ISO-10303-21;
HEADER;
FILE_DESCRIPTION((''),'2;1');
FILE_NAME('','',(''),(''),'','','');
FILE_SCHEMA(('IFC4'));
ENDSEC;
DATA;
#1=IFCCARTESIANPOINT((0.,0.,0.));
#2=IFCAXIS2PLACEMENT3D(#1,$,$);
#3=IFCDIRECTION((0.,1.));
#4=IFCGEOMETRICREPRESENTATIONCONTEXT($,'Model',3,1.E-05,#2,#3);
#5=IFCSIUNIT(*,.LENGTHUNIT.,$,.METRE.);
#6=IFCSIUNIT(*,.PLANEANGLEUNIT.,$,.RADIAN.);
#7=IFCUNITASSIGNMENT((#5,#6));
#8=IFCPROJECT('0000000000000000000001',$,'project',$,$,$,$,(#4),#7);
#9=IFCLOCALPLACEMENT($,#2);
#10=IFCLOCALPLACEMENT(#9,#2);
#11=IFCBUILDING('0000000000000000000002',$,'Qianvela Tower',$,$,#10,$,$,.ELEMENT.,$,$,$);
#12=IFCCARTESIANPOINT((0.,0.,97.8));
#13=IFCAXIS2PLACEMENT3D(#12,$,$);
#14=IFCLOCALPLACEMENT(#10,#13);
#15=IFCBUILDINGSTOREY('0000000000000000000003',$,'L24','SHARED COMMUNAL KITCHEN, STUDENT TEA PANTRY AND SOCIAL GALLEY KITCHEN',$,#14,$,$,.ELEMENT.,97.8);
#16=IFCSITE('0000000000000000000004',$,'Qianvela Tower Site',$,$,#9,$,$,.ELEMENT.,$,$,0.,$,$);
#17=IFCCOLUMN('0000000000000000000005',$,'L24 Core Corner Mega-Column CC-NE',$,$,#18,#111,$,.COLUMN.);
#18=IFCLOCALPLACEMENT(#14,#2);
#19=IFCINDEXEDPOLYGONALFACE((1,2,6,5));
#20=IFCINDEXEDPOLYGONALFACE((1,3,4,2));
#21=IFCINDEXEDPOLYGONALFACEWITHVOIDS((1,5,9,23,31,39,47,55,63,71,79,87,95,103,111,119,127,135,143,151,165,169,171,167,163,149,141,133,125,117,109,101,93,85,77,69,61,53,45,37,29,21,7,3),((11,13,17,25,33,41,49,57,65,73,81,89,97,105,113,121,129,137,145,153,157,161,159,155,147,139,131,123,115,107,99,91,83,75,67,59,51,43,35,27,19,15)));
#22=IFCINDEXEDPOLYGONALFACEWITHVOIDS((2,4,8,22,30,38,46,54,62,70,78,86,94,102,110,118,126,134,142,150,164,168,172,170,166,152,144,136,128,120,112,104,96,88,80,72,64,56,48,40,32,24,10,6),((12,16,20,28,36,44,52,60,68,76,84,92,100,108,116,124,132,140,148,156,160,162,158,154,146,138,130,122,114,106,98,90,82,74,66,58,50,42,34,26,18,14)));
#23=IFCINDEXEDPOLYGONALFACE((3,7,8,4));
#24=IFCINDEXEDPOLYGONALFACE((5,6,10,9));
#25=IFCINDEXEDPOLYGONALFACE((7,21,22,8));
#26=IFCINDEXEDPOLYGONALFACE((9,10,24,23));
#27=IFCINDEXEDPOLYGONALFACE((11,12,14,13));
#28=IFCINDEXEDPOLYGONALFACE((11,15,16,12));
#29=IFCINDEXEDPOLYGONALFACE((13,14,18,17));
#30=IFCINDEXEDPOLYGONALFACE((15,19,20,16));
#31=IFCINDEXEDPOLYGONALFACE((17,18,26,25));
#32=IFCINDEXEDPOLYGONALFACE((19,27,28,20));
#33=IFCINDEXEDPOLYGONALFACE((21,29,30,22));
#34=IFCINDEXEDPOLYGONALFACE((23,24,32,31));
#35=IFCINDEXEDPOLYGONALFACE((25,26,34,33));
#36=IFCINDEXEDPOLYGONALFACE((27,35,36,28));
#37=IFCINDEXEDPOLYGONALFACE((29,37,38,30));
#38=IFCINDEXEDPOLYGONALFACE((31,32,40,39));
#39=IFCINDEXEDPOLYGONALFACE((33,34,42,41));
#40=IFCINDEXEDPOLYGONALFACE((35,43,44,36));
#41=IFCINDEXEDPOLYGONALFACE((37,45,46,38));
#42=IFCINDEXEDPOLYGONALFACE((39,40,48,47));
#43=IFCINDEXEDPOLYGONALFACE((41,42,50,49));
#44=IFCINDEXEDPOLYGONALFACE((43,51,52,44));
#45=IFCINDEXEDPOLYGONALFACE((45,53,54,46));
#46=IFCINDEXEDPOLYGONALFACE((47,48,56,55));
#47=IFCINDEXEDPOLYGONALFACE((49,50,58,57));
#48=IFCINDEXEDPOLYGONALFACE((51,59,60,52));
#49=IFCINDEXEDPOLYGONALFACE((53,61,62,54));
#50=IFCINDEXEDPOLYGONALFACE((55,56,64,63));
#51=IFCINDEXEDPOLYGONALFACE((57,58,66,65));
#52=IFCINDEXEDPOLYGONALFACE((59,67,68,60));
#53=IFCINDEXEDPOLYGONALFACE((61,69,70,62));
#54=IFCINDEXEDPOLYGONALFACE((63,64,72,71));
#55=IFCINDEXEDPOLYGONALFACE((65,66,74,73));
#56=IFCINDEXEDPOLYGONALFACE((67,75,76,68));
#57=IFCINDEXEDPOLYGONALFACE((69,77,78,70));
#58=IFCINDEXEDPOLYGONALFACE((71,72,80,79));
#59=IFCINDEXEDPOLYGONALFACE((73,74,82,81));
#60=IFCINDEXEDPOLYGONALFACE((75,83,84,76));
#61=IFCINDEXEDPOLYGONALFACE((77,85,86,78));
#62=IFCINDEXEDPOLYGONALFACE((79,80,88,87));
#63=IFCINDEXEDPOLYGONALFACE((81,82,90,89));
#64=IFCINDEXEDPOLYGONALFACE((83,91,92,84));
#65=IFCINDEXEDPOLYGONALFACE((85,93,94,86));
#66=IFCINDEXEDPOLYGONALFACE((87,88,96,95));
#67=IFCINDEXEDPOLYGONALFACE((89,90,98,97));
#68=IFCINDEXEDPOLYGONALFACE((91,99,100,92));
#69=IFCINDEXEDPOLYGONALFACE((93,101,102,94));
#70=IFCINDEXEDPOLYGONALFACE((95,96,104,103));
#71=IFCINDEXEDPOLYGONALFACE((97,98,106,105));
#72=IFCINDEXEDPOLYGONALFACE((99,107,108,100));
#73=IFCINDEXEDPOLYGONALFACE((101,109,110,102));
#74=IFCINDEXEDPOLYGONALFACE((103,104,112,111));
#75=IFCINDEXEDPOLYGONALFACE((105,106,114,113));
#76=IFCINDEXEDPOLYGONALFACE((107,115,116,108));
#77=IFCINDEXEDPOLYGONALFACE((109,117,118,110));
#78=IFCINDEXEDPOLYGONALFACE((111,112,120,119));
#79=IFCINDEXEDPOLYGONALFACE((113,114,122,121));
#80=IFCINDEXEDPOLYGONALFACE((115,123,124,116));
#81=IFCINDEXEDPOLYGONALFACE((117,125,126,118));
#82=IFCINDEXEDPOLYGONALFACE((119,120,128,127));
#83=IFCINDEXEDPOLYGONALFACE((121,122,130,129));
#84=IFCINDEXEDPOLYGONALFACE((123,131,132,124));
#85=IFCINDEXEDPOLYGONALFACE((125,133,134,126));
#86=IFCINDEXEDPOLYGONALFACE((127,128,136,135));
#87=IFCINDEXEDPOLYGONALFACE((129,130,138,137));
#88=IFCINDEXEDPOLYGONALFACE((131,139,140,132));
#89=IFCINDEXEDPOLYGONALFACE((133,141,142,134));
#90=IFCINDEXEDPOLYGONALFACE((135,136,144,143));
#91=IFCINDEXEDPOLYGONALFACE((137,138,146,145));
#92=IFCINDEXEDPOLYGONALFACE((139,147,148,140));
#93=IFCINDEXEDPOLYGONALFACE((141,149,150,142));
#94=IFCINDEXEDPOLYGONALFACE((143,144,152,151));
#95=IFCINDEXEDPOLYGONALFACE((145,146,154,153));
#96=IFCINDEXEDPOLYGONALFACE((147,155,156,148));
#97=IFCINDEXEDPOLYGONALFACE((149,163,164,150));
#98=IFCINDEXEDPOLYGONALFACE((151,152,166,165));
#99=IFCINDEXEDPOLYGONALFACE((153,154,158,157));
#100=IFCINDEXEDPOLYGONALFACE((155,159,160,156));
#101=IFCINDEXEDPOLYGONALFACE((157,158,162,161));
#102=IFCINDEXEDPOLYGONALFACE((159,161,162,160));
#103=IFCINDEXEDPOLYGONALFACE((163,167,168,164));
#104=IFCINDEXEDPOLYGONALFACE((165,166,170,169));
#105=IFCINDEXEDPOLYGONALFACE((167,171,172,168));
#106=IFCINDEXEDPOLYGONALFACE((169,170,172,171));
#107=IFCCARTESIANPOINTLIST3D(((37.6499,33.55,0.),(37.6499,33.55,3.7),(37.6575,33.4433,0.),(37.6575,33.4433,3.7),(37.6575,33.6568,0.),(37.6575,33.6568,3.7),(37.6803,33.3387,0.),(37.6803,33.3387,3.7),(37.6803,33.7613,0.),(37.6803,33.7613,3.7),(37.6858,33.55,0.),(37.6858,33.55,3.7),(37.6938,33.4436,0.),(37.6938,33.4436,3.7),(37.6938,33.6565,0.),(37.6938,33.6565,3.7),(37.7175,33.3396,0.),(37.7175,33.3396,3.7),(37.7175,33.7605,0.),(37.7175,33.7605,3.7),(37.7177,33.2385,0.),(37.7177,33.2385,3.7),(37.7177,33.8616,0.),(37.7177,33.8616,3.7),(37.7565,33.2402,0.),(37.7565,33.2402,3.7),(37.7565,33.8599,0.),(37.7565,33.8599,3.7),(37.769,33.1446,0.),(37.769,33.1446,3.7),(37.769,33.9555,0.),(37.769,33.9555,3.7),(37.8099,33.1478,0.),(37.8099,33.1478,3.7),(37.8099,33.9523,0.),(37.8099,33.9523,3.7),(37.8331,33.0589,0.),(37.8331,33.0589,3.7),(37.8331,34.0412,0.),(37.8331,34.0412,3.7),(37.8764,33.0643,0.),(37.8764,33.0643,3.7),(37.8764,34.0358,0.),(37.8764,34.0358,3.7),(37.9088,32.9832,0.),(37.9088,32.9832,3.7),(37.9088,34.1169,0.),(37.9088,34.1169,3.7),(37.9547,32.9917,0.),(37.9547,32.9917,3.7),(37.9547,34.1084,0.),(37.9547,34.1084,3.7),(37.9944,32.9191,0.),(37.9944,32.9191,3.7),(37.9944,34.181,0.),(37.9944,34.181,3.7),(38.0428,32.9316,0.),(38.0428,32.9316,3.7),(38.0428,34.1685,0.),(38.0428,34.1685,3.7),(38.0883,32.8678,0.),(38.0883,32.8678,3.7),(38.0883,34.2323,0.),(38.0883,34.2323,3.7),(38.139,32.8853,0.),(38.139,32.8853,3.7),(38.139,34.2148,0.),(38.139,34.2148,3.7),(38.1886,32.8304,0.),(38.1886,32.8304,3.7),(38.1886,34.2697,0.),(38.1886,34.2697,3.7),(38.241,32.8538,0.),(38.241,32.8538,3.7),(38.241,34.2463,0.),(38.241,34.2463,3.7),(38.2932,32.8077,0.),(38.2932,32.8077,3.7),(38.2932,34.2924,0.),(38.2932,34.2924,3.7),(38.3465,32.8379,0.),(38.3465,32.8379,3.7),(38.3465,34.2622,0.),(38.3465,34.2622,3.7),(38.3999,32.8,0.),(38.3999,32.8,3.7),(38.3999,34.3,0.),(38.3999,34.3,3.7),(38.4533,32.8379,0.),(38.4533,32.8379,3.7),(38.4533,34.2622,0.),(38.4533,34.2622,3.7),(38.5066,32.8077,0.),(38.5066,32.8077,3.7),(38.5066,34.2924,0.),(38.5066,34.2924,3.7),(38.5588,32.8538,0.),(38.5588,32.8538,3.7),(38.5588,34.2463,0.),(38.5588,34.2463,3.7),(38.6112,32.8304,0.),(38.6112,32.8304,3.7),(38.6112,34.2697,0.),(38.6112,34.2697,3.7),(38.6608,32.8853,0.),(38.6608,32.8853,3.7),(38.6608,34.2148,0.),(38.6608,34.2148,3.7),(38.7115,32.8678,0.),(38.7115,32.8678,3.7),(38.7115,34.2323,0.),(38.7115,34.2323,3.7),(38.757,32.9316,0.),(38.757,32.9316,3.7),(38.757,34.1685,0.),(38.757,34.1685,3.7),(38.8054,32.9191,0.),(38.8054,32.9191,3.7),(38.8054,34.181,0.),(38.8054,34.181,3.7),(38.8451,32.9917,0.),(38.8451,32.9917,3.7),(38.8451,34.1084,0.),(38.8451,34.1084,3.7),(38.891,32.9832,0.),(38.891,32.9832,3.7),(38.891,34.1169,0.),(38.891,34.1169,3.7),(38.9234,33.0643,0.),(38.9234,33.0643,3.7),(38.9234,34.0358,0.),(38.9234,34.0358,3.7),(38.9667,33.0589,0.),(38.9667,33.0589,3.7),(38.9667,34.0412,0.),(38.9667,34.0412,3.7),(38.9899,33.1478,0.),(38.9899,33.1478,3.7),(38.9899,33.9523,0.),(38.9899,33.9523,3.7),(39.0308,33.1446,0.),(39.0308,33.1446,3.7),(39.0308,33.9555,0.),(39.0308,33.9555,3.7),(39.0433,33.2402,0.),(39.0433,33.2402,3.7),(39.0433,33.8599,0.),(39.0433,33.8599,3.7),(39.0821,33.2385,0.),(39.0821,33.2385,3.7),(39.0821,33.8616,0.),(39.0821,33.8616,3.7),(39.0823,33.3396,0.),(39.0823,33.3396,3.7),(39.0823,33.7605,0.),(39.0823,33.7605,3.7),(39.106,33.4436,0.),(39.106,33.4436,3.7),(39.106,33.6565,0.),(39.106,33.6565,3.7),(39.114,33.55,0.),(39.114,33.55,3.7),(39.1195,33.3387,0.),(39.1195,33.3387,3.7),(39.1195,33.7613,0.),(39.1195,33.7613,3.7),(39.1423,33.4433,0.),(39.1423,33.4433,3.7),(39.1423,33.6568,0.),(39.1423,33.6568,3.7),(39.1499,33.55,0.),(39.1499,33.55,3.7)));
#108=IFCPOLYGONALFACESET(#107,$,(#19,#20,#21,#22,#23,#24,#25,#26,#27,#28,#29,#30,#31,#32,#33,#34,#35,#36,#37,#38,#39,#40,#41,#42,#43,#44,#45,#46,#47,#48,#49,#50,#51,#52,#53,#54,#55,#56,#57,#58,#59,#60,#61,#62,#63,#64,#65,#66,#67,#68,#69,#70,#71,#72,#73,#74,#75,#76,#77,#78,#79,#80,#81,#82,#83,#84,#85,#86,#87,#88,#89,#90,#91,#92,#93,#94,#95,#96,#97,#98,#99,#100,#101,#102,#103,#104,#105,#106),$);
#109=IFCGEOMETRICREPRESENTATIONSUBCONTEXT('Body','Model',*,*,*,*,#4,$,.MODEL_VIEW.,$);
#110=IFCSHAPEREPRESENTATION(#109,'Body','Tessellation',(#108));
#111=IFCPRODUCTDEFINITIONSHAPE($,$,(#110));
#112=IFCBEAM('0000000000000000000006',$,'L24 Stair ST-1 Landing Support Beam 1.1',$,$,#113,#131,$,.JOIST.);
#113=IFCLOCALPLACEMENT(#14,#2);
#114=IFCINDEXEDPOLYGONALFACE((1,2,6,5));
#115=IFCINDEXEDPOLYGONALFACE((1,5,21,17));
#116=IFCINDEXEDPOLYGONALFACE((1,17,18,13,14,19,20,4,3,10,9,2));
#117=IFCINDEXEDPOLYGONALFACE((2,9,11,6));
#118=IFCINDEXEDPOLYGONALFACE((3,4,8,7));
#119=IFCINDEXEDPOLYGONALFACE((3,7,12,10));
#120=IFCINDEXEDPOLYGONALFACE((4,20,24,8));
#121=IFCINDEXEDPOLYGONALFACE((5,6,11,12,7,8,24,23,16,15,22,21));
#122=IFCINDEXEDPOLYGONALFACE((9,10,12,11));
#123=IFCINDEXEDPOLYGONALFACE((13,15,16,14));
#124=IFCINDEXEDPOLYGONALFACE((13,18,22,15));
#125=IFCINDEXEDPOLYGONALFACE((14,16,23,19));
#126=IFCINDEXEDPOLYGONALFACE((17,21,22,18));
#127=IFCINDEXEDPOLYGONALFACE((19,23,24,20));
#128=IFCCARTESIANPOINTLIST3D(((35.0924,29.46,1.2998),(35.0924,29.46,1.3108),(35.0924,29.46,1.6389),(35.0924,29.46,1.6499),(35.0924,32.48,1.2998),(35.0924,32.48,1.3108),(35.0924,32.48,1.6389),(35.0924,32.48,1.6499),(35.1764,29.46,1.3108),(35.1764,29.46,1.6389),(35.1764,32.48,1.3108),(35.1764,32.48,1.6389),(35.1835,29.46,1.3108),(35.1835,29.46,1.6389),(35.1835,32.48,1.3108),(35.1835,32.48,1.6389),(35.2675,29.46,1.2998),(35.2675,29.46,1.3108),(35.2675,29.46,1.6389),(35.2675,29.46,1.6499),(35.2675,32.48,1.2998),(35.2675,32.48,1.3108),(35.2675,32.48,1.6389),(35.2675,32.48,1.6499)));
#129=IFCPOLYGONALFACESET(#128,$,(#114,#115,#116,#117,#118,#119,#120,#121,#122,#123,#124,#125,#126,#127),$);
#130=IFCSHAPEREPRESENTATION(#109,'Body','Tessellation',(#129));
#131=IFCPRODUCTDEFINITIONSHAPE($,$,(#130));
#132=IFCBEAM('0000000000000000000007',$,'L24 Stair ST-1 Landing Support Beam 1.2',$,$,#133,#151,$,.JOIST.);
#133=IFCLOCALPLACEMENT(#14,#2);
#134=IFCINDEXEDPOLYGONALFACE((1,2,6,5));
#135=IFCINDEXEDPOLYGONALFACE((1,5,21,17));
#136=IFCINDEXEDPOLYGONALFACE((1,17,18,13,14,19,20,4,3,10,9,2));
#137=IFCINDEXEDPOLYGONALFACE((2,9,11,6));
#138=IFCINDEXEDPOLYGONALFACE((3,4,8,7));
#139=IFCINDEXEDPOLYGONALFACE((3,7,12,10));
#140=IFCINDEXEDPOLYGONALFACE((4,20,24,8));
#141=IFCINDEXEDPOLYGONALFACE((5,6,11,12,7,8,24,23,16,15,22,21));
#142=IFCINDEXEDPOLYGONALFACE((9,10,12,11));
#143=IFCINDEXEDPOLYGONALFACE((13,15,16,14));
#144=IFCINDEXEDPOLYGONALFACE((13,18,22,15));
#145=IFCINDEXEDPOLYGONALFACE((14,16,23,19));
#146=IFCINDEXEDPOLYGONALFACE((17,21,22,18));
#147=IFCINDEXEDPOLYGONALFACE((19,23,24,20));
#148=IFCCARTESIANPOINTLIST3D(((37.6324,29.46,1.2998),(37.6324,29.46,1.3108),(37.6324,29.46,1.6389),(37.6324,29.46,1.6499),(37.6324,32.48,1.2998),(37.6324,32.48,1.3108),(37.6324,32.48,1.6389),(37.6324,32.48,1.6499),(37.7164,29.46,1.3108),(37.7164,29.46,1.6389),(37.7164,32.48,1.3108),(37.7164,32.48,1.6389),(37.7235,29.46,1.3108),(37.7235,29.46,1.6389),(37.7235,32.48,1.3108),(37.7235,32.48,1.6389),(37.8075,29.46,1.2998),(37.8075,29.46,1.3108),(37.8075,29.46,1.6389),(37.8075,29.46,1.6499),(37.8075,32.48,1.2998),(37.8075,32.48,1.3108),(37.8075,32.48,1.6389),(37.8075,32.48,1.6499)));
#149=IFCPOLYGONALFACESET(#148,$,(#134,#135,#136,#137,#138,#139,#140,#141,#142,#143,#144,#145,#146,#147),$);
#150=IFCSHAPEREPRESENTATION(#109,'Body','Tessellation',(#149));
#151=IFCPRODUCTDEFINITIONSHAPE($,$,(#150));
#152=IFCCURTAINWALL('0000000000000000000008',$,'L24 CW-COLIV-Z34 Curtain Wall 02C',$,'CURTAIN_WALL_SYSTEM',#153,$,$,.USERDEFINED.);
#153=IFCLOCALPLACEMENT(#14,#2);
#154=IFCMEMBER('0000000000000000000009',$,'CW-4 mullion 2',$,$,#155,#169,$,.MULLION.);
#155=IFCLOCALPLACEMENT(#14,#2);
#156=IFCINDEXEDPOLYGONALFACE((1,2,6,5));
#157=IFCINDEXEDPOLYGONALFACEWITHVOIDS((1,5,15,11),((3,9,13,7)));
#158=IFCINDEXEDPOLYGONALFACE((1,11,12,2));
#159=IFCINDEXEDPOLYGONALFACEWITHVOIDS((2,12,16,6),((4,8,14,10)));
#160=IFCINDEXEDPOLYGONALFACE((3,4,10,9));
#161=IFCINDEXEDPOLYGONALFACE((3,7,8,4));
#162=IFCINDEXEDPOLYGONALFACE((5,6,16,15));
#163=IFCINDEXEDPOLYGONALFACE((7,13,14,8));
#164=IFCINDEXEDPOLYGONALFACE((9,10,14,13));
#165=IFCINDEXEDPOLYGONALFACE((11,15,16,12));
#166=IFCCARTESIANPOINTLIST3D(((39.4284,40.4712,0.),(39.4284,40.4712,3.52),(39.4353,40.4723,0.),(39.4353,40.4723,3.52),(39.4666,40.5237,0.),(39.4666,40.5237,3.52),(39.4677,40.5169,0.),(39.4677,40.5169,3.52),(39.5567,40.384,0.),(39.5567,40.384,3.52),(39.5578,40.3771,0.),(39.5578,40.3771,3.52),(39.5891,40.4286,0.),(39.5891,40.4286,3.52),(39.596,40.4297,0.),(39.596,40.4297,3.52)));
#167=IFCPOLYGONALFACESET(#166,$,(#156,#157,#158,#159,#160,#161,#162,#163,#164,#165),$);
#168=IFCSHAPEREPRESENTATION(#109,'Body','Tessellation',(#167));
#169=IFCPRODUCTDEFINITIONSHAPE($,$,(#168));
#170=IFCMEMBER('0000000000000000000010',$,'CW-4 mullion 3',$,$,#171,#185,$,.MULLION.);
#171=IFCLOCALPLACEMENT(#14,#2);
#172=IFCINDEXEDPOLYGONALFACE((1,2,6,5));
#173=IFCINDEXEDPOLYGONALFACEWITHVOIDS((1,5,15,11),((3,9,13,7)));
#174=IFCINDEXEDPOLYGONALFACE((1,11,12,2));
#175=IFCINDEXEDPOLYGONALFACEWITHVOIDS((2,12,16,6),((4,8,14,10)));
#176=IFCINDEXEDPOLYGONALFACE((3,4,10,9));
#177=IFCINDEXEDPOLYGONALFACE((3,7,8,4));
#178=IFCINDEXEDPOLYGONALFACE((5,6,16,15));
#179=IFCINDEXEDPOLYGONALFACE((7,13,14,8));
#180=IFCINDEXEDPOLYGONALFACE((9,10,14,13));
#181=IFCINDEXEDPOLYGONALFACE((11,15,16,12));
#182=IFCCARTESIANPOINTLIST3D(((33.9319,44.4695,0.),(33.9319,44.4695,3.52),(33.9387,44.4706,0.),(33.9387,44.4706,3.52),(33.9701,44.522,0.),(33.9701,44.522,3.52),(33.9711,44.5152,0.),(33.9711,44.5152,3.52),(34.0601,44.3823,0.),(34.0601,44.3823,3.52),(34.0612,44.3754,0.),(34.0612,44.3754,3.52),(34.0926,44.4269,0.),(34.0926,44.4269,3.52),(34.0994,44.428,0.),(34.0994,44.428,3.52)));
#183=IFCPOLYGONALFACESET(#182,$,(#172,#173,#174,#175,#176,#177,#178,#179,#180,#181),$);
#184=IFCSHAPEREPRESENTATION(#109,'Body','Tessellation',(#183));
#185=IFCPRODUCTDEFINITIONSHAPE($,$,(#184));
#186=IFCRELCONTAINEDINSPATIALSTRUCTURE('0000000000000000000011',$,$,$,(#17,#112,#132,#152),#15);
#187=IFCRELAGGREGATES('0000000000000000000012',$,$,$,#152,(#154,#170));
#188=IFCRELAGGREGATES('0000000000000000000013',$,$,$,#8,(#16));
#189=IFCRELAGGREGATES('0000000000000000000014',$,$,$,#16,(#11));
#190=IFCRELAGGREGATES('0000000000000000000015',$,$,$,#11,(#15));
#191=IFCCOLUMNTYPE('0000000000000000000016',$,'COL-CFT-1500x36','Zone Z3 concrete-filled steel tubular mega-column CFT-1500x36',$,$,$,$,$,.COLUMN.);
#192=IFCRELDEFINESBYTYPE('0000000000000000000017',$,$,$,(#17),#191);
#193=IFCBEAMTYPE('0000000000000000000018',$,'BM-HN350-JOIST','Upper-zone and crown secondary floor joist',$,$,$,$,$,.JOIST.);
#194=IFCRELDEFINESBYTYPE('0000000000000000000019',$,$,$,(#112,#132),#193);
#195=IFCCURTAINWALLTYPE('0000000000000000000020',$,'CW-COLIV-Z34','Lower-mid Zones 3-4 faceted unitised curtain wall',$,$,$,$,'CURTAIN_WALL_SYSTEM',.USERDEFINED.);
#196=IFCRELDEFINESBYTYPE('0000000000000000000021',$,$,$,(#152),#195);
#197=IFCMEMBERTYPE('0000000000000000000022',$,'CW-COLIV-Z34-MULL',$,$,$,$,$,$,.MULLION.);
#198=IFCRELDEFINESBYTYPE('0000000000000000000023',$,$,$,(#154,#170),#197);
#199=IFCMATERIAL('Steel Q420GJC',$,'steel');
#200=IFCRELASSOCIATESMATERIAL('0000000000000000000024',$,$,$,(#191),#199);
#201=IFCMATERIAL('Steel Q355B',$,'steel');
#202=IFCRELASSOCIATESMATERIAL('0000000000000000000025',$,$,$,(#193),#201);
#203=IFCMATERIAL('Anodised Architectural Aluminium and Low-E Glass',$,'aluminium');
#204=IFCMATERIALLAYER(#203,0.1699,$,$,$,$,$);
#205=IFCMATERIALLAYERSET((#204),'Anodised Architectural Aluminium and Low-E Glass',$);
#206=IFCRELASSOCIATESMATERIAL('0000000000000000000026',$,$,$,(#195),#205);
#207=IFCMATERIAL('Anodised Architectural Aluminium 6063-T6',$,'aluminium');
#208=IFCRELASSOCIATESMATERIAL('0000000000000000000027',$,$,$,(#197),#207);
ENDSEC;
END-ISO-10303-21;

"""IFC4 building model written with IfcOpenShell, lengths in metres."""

from ifc_helpers import new_model, si_unit, direction, frame, origin, origin_2d, place, context, subcontext, project, spatial, hollow_rectangle, hollow_circle, i_section, extrude, material, layer, layer_set, material_profile, profile_set, type_object, element, aggregate, save


model = new_model("IFC4")

# Units and contexts
model_context = context("Model", 3, precision=1e-05, world=origin(), true_north=direction((0.0, 1.0)))
body_context = subcontext(model_context, "Body", "Model", "MODEL_VIEW")
ifc_project = project(units=[si_unit("LENGTHUNIT", "METRE"), si_unit("PLANEANGLEUNIT", "RADIAN")], contexts=[model_context])

# Site, building, storey
site_placement = place(None, origin())
site = spatial("IfcSite", under=ifc_project, at=site_placement, Name="Qianvela Tower Site", CompositionType="ELEMENT", RefElevation=0.0)
building_placement = place(site_placement, origin())
building = spatial("IfcBuilding", under=site, at=building_placement, Name="Qianvela Tower", CompositionType="ELEMENT")
storey_placement = place(building_placement, frame((0.0, 0.0, 97.8)))
storey = spatial("IfcBuildingStorey", under=building, at=storey_placement, Name="L24", Description="SHARED COMMUNAL KITCHEN, STUDENT TEA PANTRY AND SOCIAL GALLEY KITCHEN", CompositionType="ELEMENT", Elevation=97.8)

# Column
ifc_material_1 = material(Name="Steel Q420GJC", Category="steel")
ifc_material_profile_1 = material_profile(ifc_material_1, hollow_circle(Radius=0.75, WallThickness=0.0359, at=origin_2d()), Name="CFT-1500x36")
ifc_profile_set_1 = profile_set([ifc_material_profile_1], Name="Steel Q420GJC")
column_type = type_object("IfcColumnType", Name="COL-CFT-1500x36", Description="Zone Z3 concrete-filled steel tubular mega-column CFT-1500x36", PredefinedType="COLUMN", material=ifc_profile_set_1)
column_placement = place(storey_placement, frame((38.3999, 33.55, 0.0), z_axis=(0.0, 0.0, 1.0), x_axis=(1.0, 0.0, 0.0)))
element("IfcColumn", 1, at=column_placement, inside=storey, type_object=column_type, Name="L24 Core Corner Mega-Column CC-NE", PredefinedType="COLUMN", context=body_context, shape_type="SweptSolid", body=[
    extrude(hollow_circle(Radius=0.75, WallThickness=0.0359, at=origin_2d()), origin(), (0.0, 0.0, 1.0), 3.7),
])

# Beams
ifc_material_2 = material(Name="Steel Q355B", Category="steel")
ifc_material_profile_2 = material_profile(ifc_material_2, i_section(OverallWidth=0.175, OverallDepth=0.3501, WebThickness=0.0071, FlangeThickness=0.011, at=origin_2d()), Name="HN350x175x7x11")
ifc_profile_set_2 = profile_set([ifc_material_profile_2], Name="Steel Q355B")
beam_type = type_object("IfcBeamType", Name="BM-HN350-JOIST", Description="Upper-zone and crown secondary floor joist", PredefinedType="JOIST", material=ifc_profile_set_2)
for number, where, z_axis, x_axis, name in (
    (2, (35.1799, 29.46, 1.4749), (0.0, 1.0, 0.0), (-1.0, 0.0, 0.0), "L24 Stair ST-1 Landing Support Beam 1.1"),
    (3, (37.72, 29.46, 1.4749), (0.0, 1.0, 0.0), (-1.0, 0.0, 0.0), "L24 Stair ST-1 Landing Support Beam 1.2"),
):
    element("IfcBeam", number, at=place(storey_placement, frame(where, z_axis=z_axis, x_axis=x_axis)), inside=storey, type_object=beam_type, Name=name, PredefinedType="JOIST", context=body_context, shape_type="SweptSolid", body=[
        extrude(i_section(OverallWidth=0.175, OverallDepth=0.3501, WebThickness=0.0071, FlangeThickness=0.011, at=origin_2d()), origin(), (0.0, 0.0, 1.0), 3.02),
    ])

# Curtain wall, members
ifc_material_3 = material(Name="Anodised Architectural Aluminium and Low-E Glass", Category="aluminium")
ifc_layer_1 = layer(ifc_material_3, 0.1699)
ifc_layer_set_1 = layer_set([ifc_layer_1], Name="Anodised Architectural Aluminium and Low-E Glass")
curtain_wall_type = type_object("IfcCurtainWallType", Name="CW-COLIV-Z34", Description="Lower-mid Zones 3-4 faceted unitised curtain wall", ElementType="CURTAIN_WALL_SYSTEM", PredefinedType="USERDEFINED", material=ifc_layer_set_1)
curtain_wall_placement = place(storey_placement, origin())
curtain_wall = element("IfcCurtainWall", 4, at=curtain_wall_placement, inside=storey, type_object=curtain_wall_type, Name="L24 CW-COLIV-Z34 Curtain Wall 02C", ObjectType="CURTAIN_WALL_SYSTEM", PredefinedType="USERDEFINED")
ifc_material_4 = material(Name="Anodised Architectural Aluminium 6063-T6", Category="aluminium")
ifc_material_profile_3 = material_profile(ifc_material_4, hollow_rectangle(XDim=0.0649, YDim=0.1599, WallThickness=0.0049, at=origin_2d()), Name="ALU-MULL-65x160")
ifc_profile_set_3 = profile_set([ifc_material_profile_3], Name="Anodised Architectural Aluminium 6063-T6")
member_type_1 = type_object("IfcMemberType", Name="CW-COLIV-Z34-MULL", PredefinedType="MULLION", material=ifc_profile_set_3)
member_1_placement = place(storey_placement, frame((39.5122, 40.4504, 0.0), z_axis=(0.0, 0.0, 1.0), x_axis=(-0.588255, -0.808676, 0.0)))
member_1 = element("IfcMember", 5, at=member_1_placement, type_object=member_type_1, Name="CW-4 mullion 2", PredefinedType="MULLION", context=body_context, shape_type="SweptSolid", body=[
    extrude(hollow_rectangle(XDim=0.0649, YDim=0.1599, WallThickness=0.0049, at=origin_2d()), origin(), (0.0, 0.0, 1.0), 3.52),
])
member_2_placement = place(storey_placement, frame((34.0156, 44.4487, 0.0), z_axis=(0.0, 0.0, 1.0), x_axis=(-0.588255, -0.808676, 0.0)))
member_2 = element("IfcMember", 6, at=member_2_placement, type_object=member_type_1, Name="CW-4 mullion 3", PredefinedType="MULLION", context=body_context, shape_type="SweptSolid", body=[
    extrude(hollow_rectangle(XDim=0.0649, YDim=0.1599, WallThickness=0.0049, at=origin_2d()), origin(), (0.0, 0.0, 1.0), 3.52),
])
aggregate(curtain_wall, [member_1, member_2])

save(model, "model.ifc")
